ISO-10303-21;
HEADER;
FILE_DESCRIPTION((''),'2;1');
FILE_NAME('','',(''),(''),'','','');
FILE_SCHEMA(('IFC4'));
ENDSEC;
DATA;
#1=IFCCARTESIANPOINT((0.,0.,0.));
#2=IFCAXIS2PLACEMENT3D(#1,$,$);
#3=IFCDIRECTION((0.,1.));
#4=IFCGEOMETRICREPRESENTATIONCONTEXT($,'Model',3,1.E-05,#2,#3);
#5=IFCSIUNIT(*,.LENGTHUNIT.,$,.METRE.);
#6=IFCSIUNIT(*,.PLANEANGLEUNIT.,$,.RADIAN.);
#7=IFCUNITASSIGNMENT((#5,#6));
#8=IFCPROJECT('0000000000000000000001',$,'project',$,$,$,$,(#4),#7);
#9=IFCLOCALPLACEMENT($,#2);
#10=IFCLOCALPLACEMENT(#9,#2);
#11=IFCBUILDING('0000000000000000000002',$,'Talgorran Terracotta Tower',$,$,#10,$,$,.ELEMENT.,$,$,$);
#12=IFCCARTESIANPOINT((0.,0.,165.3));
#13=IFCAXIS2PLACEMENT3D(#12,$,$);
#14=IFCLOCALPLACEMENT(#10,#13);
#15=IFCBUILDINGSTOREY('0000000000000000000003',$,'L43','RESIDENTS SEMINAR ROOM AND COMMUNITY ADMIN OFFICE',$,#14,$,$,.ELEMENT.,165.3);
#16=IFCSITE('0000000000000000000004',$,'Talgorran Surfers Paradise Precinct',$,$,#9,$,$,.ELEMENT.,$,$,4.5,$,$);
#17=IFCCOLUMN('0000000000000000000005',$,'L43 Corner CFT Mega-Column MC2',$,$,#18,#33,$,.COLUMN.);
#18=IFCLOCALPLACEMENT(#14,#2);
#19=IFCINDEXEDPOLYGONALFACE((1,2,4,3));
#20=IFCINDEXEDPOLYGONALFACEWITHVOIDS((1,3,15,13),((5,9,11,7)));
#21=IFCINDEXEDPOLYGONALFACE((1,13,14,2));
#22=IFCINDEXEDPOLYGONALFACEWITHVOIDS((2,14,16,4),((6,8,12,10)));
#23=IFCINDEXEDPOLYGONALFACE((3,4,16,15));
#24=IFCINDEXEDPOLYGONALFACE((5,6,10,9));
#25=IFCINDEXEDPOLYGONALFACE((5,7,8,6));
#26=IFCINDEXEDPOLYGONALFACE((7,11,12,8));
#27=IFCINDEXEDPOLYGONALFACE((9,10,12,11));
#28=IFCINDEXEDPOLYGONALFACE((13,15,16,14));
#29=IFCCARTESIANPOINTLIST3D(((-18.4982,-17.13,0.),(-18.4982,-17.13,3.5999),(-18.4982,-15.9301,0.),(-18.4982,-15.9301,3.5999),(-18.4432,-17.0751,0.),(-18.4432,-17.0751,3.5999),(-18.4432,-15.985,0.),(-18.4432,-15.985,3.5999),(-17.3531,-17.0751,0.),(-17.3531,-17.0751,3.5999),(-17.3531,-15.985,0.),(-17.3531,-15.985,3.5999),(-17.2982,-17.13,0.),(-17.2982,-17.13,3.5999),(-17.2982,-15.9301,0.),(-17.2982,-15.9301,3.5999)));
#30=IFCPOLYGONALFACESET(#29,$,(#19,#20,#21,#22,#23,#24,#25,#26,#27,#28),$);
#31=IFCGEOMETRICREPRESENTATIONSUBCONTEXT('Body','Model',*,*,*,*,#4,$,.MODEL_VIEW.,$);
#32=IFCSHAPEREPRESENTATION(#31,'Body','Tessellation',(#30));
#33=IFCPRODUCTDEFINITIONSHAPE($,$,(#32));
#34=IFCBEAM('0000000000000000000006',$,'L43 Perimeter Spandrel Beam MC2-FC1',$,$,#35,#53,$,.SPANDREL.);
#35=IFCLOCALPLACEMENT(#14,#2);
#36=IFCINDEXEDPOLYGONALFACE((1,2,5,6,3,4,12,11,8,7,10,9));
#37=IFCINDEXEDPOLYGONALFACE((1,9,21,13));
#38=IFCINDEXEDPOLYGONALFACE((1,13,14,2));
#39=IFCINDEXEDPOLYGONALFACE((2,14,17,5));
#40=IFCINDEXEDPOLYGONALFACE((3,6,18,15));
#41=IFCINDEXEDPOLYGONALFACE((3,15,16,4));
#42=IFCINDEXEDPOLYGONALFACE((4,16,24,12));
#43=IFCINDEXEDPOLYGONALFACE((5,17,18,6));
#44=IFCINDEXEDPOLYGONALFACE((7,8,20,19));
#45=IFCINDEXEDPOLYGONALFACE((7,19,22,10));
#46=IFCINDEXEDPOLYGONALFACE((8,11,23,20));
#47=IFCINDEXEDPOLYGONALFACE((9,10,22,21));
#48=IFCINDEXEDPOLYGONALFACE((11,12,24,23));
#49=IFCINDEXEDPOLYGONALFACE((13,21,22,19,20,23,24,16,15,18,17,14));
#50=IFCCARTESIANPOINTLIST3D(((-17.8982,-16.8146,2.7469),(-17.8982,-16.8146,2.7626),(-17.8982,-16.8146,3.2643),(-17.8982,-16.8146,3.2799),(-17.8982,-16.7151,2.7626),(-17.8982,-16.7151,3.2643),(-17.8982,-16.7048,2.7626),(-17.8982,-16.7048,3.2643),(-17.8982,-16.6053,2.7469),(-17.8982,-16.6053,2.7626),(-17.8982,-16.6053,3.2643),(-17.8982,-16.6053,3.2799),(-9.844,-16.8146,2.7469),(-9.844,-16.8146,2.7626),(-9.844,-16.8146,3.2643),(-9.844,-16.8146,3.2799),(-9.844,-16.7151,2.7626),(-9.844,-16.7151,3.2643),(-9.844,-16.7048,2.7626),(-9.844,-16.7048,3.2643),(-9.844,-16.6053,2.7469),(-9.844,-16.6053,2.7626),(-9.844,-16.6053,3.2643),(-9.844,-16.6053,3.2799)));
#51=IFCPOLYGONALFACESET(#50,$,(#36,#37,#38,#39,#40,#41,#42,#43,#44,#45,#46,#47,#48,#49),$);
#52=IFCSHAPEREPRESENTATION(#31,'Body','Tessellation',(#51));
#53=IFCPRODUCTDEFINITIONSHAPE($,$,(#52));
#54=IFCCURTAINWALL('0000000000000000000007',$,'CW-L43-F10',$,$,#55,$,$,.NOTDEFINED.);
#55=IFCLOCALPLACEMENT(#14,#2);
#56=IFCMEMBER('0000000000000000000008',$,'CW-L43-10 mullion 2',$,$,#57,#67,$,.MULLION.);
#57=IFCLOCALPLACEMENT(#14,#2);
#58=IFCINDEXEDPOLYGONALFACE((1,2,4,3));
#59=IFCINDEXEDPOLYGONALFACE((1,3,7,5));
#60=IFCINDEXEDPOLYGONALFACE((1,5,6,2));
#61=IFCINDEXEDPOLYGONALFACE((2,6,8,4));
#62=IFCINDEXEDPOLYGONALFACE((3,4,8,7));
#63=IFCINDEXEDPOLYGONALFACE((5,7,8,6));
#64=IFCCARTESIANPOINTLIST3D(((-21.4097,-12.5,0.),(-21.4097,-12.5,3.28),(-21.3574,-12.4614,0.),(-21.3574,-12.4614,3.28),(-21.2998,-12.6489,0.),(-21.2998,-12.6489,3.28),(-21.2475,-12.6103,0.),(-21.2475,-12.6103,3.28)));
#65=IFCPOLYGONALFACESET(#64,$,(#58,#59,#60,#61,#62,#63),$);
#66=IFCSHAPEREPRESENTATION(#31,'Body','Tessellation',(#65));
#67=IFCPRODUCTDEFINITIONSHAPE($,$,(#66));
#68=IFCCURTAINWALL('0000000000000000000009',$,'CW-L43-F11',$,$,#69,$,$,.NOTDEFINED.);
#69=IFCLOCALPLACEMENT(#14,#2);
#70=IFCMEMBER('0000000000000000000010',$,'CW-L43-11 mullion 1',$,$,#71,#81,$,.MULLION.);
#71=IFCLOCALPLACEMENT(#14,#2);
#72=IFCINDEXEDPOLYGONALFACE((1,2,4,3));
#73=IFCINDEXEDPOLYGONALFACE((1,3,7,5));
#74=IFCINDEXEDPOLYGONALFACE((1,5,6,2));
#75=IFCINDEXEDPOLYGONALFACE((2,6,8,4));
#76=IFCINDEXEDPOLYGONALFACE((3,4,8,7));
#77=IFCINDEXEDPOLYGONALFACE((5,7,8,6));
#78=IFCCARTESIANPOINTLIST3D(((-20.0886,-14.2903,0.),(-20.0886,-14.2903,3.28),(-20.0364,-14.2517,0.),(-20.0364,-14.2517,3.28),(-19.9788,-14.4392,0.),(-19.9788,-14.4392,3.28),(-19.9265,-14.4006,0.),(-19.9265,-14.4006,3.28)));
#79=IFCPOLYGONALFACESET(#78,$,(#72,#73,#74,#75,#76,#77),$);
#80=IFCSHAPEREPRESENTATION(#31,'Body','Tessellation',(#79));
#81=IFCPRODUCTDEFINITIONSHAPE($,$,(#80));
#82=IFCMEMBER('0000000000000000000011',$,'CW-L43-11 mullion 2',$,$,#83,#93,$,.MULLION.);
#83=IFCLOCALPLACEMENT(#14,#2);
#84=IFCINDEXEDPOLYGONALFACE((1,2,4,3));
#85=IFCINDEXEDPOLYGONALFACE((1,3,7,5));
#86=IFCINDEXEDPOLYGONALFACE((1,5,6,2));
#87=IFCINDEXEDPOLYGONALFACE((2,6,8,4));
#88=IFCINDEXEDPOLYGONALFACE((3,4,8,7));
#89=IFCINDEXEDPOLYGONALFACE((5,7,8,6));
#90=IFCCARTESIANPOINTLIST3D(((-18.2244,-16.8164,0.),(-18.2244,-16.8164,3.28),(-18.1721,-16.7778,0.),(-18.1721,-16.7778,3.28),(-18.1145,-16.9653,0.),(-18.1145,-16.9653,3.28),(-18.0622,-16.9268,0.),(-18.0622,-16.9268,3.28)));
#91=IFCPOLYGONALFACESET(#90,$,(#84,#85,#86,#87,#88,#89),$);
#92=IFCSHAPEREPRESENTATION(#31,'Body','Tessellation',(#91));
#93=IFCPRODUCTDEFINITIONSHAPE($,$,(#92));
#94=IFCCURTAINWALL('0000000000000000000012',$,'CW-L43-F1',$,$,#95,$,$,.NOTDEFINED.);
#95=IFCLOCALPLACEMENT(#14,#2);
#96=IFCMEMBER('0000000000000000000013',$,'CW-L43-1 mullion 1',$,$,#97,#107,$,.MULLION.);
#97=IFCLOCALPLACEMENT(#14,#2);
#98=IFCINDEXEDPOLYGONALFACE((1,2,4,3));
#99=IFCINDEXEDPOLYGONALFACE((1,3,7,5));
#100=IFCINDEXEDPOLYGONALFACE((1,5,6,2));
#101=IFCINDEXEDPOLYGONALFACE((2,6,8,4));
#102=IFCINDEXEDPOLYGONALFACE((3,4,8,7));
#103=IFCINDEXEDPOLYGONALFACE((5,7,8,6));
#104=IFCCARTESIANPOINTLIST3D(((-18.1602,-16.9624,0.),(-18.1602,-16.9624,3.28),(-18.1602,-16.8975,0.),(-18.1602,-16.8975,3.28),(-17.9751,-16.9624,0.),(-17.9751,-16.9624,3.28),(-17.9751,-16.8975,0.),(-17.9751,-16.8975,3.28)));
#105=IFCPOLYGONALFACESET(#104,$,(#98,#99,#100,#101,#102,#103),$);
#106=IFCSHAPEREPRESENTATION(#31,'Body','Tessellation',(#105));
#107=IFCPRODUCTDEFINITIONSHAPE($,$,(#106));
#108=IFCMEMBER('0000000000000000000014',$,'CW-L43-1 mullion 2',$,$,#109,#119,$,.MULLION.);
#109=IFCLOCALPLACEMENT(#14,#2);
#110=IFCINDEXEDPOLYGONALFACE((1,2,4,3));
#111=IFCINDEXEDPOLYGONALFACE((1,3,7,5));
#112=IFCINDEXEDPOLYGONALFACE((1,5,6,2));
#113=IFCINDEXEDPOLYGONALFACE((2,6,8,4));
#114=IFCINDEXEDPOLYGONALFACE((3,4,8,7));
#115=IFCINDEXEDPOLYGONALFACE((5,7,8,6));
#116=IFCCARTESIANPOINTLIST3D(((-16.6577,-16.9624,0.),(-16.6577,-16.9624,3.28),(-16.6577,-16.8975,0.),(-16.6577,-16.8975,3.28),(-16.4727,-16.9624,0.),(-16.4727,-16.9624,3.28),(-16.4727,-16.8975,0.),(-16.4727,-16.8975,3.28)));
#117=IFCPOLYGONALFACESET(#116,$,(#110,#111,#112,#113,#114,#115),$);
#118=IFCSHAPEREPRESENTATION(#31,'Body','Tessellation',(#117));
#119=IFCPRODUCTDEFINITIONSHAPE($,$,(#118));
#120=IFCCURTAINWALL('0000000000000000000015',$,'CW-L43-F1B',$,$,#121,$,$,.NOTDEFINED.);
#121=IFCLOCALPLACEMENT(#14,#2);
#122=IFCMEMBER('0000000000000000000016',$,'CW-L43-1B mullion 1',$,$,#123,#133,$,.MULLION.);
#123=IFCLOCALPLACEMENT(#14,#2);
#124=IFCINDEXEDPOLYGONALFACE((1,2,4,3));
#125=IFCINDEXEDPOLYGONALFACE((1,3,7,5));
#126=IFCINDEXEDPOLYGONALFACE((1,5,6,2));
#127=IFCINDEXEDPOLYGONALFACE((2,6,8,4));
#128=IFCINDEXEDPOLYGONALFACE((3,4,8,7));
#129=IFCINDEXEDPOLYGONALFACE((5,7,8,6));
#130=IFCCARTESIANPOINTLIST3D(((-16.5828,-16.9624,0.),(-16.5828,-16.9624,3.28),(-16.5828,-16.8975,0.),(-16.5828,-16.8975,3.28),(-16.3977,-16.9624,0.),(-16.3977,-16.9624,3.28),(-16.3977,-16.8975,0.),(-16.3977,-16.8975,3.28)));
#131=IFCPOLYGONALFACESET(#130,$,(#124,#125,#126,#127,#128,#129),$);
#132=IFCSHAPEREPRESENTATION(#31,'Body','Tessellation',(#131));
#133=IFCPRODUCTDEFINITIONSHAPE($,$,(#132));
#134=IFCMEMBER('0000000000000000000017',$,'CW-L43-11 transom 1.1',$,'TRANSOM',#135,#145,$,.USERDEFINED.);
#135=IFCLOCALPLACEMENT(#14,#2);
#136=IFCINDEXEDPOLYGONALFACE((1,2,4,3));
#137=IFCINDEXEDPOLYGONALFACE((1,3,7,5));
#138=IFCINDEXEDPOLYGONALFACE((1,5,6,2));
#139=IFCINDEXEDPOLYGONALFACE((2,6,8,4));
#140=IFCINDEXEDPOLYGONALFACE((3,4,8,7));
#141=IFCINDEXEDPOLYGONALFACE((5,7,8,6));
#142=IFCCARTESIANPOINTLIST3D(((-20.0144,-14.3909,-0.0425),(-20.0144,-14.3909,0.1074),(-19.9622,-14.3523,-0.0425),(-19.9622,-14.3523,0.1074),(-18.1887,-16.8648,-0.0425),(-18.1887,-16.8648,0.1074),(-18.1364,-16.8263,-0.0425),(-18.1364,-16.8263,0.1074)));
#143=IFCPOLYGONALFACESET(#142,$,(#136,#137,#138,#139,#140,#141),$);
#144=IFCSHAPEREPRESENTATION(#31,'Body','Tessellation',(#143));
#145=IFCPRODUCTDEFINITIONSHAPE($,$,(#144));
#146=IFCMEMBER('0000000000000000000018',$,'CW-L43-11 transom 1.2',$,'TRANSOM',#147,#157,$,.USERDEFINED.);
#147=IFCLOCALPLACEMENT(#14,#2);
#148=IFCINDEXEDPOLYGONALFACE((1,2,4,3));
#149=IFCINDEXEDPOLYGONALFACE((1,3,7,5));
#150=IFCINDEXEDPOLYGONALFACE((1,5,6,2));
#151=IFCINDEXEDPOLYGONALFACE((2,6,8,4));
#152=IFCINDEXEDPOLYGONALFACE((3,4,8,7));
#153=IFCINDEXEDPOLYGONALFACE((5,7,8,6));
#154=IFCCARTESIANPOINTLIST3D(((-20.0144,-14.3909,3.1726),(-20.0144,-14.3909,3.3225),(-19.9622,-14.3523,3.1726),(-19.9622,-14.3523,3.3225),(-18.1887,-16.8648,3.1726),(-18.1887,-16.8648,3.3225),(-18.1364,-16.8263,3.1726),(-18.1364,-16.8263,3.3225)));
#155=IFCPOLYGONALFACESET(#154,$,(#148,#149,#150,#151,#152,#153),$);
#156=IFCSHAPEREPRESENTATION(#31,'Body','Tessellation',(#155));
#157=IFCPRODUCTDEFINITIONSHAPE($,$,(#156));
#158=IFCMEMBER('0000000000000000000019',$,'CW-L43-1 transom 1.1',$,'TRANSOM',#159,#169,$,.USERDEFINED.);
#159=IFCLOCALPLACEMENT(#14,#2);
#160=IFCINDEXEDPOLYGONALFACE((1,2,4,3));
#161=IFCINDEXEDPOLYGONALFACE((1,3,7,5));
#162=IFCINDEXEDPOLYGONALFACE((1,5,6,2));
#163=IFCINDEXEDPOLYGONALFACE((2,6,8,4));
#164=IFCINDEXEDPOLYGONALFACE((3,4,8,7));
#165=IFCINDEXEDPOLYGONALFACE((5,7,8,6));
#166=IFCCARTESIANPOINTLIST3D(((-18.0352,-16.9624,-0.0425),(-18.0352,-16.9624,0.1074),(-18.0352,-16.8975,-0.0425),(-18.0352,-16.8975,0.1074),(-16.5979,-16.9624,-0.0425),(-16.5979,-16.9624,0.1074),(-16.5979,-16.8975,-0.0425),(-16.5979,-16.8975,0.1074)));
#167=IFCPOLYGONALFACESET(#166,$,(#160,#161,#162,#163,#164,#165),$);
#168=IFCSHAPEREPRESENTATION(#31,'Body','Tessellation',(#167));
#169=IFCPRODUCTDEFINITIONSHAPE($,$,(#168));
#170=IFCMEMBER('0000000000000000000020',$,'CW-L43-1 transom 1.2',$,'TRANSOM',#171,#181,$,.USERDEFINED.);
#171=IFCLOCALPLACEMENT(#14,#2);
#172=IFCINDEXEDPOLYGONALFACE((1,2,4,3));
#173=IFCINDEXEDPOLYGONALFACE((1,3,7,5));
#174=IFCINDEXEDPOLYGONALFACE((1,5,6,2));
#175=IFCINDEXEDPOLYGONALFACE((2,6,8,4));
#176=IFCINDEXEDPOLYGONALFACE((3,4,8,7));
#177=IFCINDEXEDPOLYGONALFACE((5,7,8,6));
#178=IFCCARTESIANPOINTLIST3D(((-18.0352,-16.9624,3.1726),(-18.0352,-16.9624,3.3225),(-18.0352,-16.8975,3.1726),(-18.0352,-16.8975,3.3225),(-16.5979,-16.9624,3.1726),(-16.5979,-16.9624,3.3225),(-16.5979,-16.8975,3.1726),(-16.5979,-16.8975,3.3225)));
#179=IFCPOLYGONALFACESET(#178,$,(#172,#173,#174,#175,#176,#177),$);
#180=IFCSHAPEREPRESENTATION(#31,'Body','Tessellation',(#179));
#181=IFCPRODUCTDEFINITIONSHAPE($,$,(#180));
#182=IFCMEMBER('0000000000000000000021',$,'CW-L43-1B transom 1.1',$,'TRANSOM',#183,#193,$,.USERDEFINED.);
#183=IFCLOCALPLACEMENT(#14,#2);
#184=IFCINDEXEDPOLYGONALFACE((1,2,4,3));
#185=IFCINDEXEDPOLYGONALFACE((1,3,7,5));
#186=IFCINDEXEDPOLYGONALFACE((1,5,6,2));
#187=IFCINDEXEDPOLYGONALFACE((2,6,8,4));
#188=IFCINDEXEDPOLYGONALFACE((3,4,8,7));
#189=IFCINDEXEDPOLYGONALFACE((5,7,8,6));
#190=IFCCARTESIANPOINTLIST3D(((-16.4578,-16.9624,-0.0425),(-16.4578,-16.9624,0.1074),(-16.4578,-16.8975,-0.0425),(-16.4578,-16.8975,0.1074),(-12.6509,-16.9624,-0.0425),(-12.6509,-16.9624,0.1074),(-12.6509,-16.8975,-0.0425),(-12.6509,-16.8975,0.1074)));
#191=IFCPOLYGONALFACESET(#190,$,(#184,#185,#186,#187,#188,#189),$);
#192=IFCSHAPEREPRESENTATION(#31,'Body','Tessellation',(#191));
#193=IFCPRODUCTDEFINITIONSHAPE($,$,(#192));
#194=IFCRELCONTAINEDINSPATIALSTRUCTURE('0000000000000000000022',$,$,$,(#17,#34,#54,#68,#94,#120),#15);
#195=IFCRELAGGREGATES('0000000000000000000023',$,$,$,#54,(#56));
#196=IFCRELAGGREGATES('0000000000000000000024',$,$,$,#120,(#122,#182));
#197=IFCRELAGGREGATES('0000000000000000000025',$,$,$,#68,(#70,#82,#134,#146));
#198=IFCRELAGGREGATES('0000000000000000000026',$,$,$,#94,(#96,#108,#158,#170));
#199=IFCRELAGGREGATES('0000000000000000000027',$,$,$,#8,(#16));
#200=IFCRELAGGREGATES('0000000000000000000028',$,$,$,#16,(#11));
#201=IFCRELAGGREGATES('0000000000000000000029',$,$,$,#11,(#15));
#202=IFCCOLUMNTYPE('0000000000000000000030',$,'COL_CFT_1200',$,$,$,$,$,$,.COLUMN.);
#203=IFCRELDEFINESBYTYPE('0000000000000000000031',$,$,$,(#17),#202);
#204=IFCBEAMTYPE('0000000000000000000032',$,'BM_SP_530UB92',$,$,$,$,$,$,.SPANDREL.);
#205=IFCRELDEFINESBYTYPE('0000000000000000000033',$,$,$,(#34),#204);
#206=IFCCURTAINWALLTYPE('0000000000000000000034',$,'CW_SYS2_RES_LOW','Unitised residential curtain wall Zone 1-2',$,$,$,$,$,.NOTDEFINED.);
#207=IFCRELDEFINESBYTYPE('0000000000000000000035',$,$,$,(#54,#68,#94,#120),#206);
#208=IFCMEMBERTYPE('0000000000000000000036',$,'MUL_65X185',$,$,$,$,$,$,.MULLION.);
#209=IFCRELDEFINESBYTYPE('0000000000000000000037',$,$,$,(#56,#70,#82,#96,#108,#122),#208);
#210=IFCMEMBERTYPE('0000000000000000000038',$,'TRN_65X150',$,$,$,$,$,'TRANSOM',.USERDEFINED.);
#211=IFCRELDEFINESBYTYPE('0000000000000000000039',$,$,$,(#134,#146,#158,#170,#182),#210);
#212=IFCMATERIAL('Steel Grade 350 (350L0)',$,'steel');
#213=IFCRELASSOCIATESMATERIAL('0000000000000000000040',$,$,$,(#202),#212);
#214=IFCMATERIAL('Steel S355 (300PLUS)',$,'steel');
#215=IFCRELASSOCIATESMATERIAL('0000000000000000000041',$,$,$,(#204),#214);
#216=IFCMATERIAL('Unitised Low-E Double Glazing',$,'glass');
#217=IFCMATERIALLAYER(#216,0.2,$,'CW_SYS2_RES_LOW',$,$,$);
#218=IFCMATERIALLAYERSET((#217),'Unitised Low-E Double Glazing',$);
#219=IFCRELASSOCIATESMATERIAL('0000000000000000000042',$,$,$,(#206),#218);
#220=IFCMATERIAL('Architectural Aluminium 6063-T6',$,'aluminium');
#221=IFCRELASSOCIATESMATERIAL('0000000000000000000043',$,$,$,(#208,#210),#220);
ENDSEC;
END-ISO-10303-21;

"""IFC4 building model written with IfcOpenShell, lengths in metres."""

from ifc_helpers import new_model, si_unit, direction, frame, origin, origin_2d, place, context, subcontext, project, spatial, rectangle, hollow_rectangle, i_section, extrude, material, layer, layer_set, material_profile, profile_set, type_object, element, aggregate, save


model = new_model("IFC4")

# Units and contexts
model_context = context("Model", 3, precision=1e-05, world=origin(), true_north=direction((0.0, 1.0)))
body_context = subcontext(model_context, "Body", "Model", "MODEL_VIEW")
ifc_project = project(units=[si_unit("LENGTHUNIT", "METRE"), si_unit("PLANEANGLEUNIT", "RADIAN")], contexts=[model_context])

# Site, building, storey
site_placement = place(None, origin())
site = spatial("IfcSite", under=ifc_project, at=site_placement, Name="Talgorran Surfers Paradise Precinct", CompositionType="ELEMENT", RefElevation=4.5)
building_placement = place(site_placement, origin())
building = spatial("IfcBuilding", under=site, at=building_placement, Name="Talgorran Terracotta Tower", CompositionType="ELEMENT")
storey_placement = place(building_placement, frame((0.0, 0.0, 165.3)))
storey = spatial("IfcBuildingStorey", under=building, at=storey_placement, Name="L43", Description="RESIDENTS SEMINAR ROOM AND COMMUNITY ADMIN OFFICE", CompositionType="ELEMENT", Elevation=165.3)

# Column
ifc_material_1 = material(Name="Steel Grade 350 (350L0)", Category="steel")
ifc_material_profile_1 = material_profile(ifc_material_1, hollow_rectangle(XDim=1.2, YDim=1.2, WallThickness=0.0549, at=origin_2d()), Name="CFT1200X1200X55")
ifc_profile_set_1 = profile_set([ifc_material_profile_1], Name="Steel Grade 350 (350L0)")
column_type = type_object("IfcColumnType", Name="COL_CFT_1200", PredefinedType="COLUMN", material=ifc_profile_set_1)
column_placement = place(storey_placement, frame((-17.8982, -16.53, 0.0), z_axis=(0.0, 0.0, 1.0), x_axis=(1.0, 0.0, 0.0)))
element("IfcColumn", 1, at=column_placement, inside=storey, type_object=column_type, Name="L43 Corner CFT Mega-Column MC2", PredefinedType="COLUMN", context=body_context, shape_type="SweptSolid", body=[
    extrude(hollow_rectangle(XDim=1.2, YDim=1.2, WallThickness=0.0549, at=origin_2d()), origin(), (0.0, 0.0, 1.0), 3.5999),
])

# Beam
ifc_material_2 = material(Name="Steel S355 (300PLUS)", Category="steel")
ifc_material_profile_2 = material_profile(ifc_material_2, i_section(OverallWidth=0.2092, OverallDepth=0.533, WebThickness=0.0103, FlangeThickness=0.0156, at=origin_2d()), Name="530UB92.4")
ifc_profile_set_2 = profile_set([ifc_material_profile_2], Name="Steel S355 (300PLUS)")
beam_type = type_object("IfcBeamType", Name="BM_SP_530UB92", PredefinedType="SPANDREL", material=ifc_profile_set_2)
beam_placement = place(storey_placement, frame((-17.8982, -16.71, 3.0134), z_axis=(1.0, 0.0, 0.0), x_axis=(0.0, 1.0, 0.0)))
element("IfcBeam", 2, at=beam_placement, inside=storey, type_object=beam_type, Name="L43 Perimeter Spandrel Beam MC2-FC1", PredefinedType="SPANDREL", context=body_context, shape_type="SweptSolid", body=[
    extrude(i_section(OverallWidth=0.2092, OverallDepth=0.533, WebThickness=0.0103, FlangeThickness=0.0156, at=origin_2d()), origin(), (0.0, 0.0, 1.0), 8.0542),
])

# Curtain wall, member
ifc_material_3 = material(Name="Unitised Low-E Double Glazing", Category="glass")
ifc_layer_1 = layer(ifc_material_3, 0.2, Name="CW_SYS2_RES_LOW")
ifc_layer_set_1 = layer_set([ifc_layer_1], Name="Unitised Low-E Double Glazing")
curtain_wall_type = type_object("IfcCurtainWallType", Name="CW_SYS2_RES_LOW", Description="Unitised residential curtain wall Zone 1-2", PredefinedType="NOTDEFINED", material=ifc_layer_set_1)
curtain_wall_1_placement = place(storey_placement, origin())
curtain_wall_1 = element("IfcCurtainWall", 3, at=curtain_wall_1_placement, inside=storey, type_object=curtain_wall_type, Name="CW-L43-F10", PredefinedType="NOTDEFINED")
ifc_material_4 = material(Name="Architectural Aluminium 6063-T6", Category="aluminium")
ifc_material_profile_3 = material_profile(ifc_material_4, rectangle(XDim=0.0649, YDim=0.1851, at=origin_2d()), Name="CWM65X185")
ifc_profile_set_3 = profile_set([ifc_material_profile_3], Name="Architectural Aluminium 6063-T6")
member_type_1 = type_object("IfcMemberType", Name="MUL_65X185", PredefinedType="MULLION", material=ifc_profile_set_3)
member_1_placement = place(storey_placement, frame((-21.3286, -12.5552, 0.0), z_axis=(0.0, 0.0, 1.0), x_axis=(0.804619, 0.593791, 0.0)))
member_1 = element("IfcMember", 4, at=member_1_placement, type_object=member_type_1, Name="CW-L43-10 mullion 2", PredefinedType="MULLION", context=body_context, shape_type="SweptSolid", body=[
    extrude(rectangle(XDim=0.0649, YDim=0.1851, at=origin_2d()), origin(), (0.0, 0.0, 1.0), 3.28),
])
aggregate(curtain_wall_1, [member_1])

# Curtain walls, members
curtain_wall_2_placement = place(storey_placement, origin())
curtain_wall_2 = element("IfcCurtainWall", 5, at=curtain_wall_2_placement, inside=storey, type_object=curtain_wall_type, Name="CW-L43-F11", PredefinedType="NOTDEFINED")
member_2_placement = place(storey_placement, frame((-20.0076, -14.3455, 0.0), z_axis=(0.0, 0.0, 1.0), x_axis=(0.804631, 0.593776, 0.0)))
member_2 = element("IfcMember", 6, at=member_2_placement, type_object=member_type_1, Name="CW-L43-11 mullion 1", PredefinedType="MULLION", context=body_context, shape_type="SweptSolid", body=[
    extrude(rectangle(XDim=0.0649, YDim=0.1851, at=origin_2d()), origin(), (0.0, 0.0, 1.0), 3.28),
])
member_3_placement = place(storey_placement, frame((-18.1433, -16.8716, 0.0), z_axis=(0.0, 0.0, 1.0), x_axis=(0.804631, 0.593776, 0.0)))
member_3 = element("IfcMember", 7, at=member_3_placement, type_object=member_type_1, Name="CW-L43-11 mullion 2", PredefinedType="MULLION", context=body_context, shape_type="SweptSolid", body=[
    extrude(rectangle(XDim=0.0649, YDim=0.1851, at=origin_2d()), origin(), (0.0, 0.0, 1.0), 3.28),
])
curtain_wall_3_placement = place(storey_placement, origin())
curtain_wall_3 = element("IfcCurtainWall", 8, at=curtain_wall_3_placement, inside=storey, type_object=curtain_wall_type, Name="CW-L43-F1", PredefinedType="NOTDEFINED")
member_4_placement = place(storey_placement, frame((-18.0676, -16.9299, 0.0), z_axis=(0.0, 0.0, 1.0), x_axis=(0.0, 1.0, 0.0)))
member_4 = element("IfcMember", 9, at=member_4_placement, type_object=member_type_1, Name="CW-L43-1 mullion 1", PredefinedType="MULLION", context=body_context, shape_type="SweptSolid", body=[
    extrude(rectangle(XDim=0.0649, YDim=0.1851, at=origin_2d()), origin(), (0.0, 0.0, 1.0), 3.28),
])
member_5_placement = place(storey_placement, frame((-16.5652, -16.9299, 0.0), z_axis=(0.0, 0.0, 1.0), x_axis=(0.0, 1.0, 0.0)))
member_5 = element("IfcMember", 10, at=member_5_placement, type_object=member_type_1, Name="CW-L43-1 mullion 2", PredefinedType="MULLION", context=body_context, shape_type="SweptSolid", body=[
    extrude(rectangle(XDim=0.0649, YDim=0.1851, at=origin_2d()), origin(), (0.0, 0.0, 1.0), 3.28),
])

# Curtain wall, member
curtain_wall_4_placement = place(storey_placement, origin())
curtain_wall_4 = element("IfcCurtainWall", 11, at=curtain_wall_4_placement, inside=storey, type_object=curtain_wall_type, Name="CW-L43-F1B", PredefinedType="NOTDEFINED")
member_6_placement = place(storey_placement, frame((-16.4902, -16.9299, 0.0), z_axis=(0.0, 0.0, 1.0), x_axis=(0.0, 1.0, 0.0)))
member_6 = element("IfcMember", 12, at=member_6_placement, type_object=member_type_1, Name="CW-L43-1B mullion 1", PredefinedType="MULLION", context=body_context, shape_type="SweptSolid", body=[
    extrude(rectangle(XDim=0.0649, YDim=0.1851, at=origin_2d()), origin(), (0.0, 0.0, 1.0), 3.28),
])

# Members
ifc_material_profile_4 = material_profile(ifc_material_4, rectangle(XDim=0.0649, YDim=0.1499, at=origin_2d()), Name="CWT65X150")
ifc_profile_set_4 = profile_set([ifc_material_profile_4], Name="Architectural Aluminium 6063-T6")
member_type_2 = type_object("IfcMemberType", Name="TRN_65X150", ElementType="TRANSOM", PredefinedType="USERDEFINED", material=ifc_profile_set_4)
member_7_placement = place(storey_placement, frame((-19.9883, -14.3716, 0.0325), z_axis=(0.593795, -0.804617, 0.0), x_axis=(0.804617, 0.593795, 0.0)))
member_7 = element("IfcMember", 13, at=member_7_placement, type_object=member_type_2, Name="CW-L43-11 transom 1.1", ObjectType="TRANSOM", PredefinedType="USERDEFINED", context=body_context, shape_type="SweptSolid", body=[
    extrude(rectangle(XDim=0.0649, YDim=0.1499, at=origin_2d()), origin(), (0.0, 0.0, 1.0), 3.0747),
])
member_8_placement = place(storey_placement, frame((-19.9883, -14.3716, 3.2476), z_axis=(0.593795, -0.804617, 0.0), x_axis=(0.804617, 0.593795, 0.0)))
member_8 = element("IfcMember", 14, at=member_8_placement, type_object=member_type_2, Name="CW-L43-11 transom 1.2", ObjectType="TRANSOM", PredefinedType="USERDEFINED", context=body_context, shape_type="SweptSolid", body=[
    extrude(rectangle(XDim=0.0649, YDim=0.1499, at=origin_2d()), origin(), (0.0, 0.0, 1.0), 3.0747),
])
member_9_placement = place(storey_placement, frame((-18.0352, -16.9299, 0.0325), z_axis=(1.0, 0.0, 0.0), x_axis=(0.0, 1.0, 0.0)))
member_9 = element("IfcMember", 15, at=member_9_placement, type_object=member_type_2, Name="CW-L43-1 transom 1.1", ObjectType="TRANSOM", PredefinedType="USERDEFINED", context=body_context, shape_type="SweptSolid", body=[
    extrude(rectangle(XDim=0.0649, YDim=0.1499, at=origin_2d()), origin(), (0.0, 0.0, 1.0), 1.4373),
])
member_10_placement = place(storey_placement, frame((-18.0352, -16.9299, 3.2476), z_axis=(1.0, 0.0, 0.0), x_axis=(0.0, 1.0, 0.0)))
member_10 = element("IfcMember", 16, at=member_10_placement, type_object=member_type_2, Name="CW-L43-1 transom 1.2", ObjectType="TRANSOM", PredefinedType="USERDEFINED", context=body_context, shape_type="SweptSolid", body=[
    extrude(rectangle(XDim=0.0649, YDim=0.1499, at=origin_2d()), origin(), (0.0, 0.0, 1.0), 1.4373),
])
member_11_placement = place(storey_placement, frame((-16.4578, -16.9299, 0.0325), z_axis=(1.0, 0.0, 0.0), x_axis=(0.0, 1.0, 0.0)))
member_11 = element("IfcMember", 17, at=member_11_placement, type_object=member_type_2, Name="CW-L43-1B transom 1.1", ObjectType="TRANSOM", PredefinedType="USERDEFINED", context=body_context, shape_type="SweptSolid", body=[
    extrude(rectangle(XDim=0.0649, YDim=0.1499, at=origin_2d()), origin(), (0.0, 0.0, 1.0), 3.8069),
])
aggregate(curtain_wall_4, [member_6, member_11])

aggregate(curtain_wall_2, [member_2, member_3, member_7, member_8])
aggregate(curtain_wall_3, [member_4, member_5, member_9, member_10])

save(model, "model.ifc")
